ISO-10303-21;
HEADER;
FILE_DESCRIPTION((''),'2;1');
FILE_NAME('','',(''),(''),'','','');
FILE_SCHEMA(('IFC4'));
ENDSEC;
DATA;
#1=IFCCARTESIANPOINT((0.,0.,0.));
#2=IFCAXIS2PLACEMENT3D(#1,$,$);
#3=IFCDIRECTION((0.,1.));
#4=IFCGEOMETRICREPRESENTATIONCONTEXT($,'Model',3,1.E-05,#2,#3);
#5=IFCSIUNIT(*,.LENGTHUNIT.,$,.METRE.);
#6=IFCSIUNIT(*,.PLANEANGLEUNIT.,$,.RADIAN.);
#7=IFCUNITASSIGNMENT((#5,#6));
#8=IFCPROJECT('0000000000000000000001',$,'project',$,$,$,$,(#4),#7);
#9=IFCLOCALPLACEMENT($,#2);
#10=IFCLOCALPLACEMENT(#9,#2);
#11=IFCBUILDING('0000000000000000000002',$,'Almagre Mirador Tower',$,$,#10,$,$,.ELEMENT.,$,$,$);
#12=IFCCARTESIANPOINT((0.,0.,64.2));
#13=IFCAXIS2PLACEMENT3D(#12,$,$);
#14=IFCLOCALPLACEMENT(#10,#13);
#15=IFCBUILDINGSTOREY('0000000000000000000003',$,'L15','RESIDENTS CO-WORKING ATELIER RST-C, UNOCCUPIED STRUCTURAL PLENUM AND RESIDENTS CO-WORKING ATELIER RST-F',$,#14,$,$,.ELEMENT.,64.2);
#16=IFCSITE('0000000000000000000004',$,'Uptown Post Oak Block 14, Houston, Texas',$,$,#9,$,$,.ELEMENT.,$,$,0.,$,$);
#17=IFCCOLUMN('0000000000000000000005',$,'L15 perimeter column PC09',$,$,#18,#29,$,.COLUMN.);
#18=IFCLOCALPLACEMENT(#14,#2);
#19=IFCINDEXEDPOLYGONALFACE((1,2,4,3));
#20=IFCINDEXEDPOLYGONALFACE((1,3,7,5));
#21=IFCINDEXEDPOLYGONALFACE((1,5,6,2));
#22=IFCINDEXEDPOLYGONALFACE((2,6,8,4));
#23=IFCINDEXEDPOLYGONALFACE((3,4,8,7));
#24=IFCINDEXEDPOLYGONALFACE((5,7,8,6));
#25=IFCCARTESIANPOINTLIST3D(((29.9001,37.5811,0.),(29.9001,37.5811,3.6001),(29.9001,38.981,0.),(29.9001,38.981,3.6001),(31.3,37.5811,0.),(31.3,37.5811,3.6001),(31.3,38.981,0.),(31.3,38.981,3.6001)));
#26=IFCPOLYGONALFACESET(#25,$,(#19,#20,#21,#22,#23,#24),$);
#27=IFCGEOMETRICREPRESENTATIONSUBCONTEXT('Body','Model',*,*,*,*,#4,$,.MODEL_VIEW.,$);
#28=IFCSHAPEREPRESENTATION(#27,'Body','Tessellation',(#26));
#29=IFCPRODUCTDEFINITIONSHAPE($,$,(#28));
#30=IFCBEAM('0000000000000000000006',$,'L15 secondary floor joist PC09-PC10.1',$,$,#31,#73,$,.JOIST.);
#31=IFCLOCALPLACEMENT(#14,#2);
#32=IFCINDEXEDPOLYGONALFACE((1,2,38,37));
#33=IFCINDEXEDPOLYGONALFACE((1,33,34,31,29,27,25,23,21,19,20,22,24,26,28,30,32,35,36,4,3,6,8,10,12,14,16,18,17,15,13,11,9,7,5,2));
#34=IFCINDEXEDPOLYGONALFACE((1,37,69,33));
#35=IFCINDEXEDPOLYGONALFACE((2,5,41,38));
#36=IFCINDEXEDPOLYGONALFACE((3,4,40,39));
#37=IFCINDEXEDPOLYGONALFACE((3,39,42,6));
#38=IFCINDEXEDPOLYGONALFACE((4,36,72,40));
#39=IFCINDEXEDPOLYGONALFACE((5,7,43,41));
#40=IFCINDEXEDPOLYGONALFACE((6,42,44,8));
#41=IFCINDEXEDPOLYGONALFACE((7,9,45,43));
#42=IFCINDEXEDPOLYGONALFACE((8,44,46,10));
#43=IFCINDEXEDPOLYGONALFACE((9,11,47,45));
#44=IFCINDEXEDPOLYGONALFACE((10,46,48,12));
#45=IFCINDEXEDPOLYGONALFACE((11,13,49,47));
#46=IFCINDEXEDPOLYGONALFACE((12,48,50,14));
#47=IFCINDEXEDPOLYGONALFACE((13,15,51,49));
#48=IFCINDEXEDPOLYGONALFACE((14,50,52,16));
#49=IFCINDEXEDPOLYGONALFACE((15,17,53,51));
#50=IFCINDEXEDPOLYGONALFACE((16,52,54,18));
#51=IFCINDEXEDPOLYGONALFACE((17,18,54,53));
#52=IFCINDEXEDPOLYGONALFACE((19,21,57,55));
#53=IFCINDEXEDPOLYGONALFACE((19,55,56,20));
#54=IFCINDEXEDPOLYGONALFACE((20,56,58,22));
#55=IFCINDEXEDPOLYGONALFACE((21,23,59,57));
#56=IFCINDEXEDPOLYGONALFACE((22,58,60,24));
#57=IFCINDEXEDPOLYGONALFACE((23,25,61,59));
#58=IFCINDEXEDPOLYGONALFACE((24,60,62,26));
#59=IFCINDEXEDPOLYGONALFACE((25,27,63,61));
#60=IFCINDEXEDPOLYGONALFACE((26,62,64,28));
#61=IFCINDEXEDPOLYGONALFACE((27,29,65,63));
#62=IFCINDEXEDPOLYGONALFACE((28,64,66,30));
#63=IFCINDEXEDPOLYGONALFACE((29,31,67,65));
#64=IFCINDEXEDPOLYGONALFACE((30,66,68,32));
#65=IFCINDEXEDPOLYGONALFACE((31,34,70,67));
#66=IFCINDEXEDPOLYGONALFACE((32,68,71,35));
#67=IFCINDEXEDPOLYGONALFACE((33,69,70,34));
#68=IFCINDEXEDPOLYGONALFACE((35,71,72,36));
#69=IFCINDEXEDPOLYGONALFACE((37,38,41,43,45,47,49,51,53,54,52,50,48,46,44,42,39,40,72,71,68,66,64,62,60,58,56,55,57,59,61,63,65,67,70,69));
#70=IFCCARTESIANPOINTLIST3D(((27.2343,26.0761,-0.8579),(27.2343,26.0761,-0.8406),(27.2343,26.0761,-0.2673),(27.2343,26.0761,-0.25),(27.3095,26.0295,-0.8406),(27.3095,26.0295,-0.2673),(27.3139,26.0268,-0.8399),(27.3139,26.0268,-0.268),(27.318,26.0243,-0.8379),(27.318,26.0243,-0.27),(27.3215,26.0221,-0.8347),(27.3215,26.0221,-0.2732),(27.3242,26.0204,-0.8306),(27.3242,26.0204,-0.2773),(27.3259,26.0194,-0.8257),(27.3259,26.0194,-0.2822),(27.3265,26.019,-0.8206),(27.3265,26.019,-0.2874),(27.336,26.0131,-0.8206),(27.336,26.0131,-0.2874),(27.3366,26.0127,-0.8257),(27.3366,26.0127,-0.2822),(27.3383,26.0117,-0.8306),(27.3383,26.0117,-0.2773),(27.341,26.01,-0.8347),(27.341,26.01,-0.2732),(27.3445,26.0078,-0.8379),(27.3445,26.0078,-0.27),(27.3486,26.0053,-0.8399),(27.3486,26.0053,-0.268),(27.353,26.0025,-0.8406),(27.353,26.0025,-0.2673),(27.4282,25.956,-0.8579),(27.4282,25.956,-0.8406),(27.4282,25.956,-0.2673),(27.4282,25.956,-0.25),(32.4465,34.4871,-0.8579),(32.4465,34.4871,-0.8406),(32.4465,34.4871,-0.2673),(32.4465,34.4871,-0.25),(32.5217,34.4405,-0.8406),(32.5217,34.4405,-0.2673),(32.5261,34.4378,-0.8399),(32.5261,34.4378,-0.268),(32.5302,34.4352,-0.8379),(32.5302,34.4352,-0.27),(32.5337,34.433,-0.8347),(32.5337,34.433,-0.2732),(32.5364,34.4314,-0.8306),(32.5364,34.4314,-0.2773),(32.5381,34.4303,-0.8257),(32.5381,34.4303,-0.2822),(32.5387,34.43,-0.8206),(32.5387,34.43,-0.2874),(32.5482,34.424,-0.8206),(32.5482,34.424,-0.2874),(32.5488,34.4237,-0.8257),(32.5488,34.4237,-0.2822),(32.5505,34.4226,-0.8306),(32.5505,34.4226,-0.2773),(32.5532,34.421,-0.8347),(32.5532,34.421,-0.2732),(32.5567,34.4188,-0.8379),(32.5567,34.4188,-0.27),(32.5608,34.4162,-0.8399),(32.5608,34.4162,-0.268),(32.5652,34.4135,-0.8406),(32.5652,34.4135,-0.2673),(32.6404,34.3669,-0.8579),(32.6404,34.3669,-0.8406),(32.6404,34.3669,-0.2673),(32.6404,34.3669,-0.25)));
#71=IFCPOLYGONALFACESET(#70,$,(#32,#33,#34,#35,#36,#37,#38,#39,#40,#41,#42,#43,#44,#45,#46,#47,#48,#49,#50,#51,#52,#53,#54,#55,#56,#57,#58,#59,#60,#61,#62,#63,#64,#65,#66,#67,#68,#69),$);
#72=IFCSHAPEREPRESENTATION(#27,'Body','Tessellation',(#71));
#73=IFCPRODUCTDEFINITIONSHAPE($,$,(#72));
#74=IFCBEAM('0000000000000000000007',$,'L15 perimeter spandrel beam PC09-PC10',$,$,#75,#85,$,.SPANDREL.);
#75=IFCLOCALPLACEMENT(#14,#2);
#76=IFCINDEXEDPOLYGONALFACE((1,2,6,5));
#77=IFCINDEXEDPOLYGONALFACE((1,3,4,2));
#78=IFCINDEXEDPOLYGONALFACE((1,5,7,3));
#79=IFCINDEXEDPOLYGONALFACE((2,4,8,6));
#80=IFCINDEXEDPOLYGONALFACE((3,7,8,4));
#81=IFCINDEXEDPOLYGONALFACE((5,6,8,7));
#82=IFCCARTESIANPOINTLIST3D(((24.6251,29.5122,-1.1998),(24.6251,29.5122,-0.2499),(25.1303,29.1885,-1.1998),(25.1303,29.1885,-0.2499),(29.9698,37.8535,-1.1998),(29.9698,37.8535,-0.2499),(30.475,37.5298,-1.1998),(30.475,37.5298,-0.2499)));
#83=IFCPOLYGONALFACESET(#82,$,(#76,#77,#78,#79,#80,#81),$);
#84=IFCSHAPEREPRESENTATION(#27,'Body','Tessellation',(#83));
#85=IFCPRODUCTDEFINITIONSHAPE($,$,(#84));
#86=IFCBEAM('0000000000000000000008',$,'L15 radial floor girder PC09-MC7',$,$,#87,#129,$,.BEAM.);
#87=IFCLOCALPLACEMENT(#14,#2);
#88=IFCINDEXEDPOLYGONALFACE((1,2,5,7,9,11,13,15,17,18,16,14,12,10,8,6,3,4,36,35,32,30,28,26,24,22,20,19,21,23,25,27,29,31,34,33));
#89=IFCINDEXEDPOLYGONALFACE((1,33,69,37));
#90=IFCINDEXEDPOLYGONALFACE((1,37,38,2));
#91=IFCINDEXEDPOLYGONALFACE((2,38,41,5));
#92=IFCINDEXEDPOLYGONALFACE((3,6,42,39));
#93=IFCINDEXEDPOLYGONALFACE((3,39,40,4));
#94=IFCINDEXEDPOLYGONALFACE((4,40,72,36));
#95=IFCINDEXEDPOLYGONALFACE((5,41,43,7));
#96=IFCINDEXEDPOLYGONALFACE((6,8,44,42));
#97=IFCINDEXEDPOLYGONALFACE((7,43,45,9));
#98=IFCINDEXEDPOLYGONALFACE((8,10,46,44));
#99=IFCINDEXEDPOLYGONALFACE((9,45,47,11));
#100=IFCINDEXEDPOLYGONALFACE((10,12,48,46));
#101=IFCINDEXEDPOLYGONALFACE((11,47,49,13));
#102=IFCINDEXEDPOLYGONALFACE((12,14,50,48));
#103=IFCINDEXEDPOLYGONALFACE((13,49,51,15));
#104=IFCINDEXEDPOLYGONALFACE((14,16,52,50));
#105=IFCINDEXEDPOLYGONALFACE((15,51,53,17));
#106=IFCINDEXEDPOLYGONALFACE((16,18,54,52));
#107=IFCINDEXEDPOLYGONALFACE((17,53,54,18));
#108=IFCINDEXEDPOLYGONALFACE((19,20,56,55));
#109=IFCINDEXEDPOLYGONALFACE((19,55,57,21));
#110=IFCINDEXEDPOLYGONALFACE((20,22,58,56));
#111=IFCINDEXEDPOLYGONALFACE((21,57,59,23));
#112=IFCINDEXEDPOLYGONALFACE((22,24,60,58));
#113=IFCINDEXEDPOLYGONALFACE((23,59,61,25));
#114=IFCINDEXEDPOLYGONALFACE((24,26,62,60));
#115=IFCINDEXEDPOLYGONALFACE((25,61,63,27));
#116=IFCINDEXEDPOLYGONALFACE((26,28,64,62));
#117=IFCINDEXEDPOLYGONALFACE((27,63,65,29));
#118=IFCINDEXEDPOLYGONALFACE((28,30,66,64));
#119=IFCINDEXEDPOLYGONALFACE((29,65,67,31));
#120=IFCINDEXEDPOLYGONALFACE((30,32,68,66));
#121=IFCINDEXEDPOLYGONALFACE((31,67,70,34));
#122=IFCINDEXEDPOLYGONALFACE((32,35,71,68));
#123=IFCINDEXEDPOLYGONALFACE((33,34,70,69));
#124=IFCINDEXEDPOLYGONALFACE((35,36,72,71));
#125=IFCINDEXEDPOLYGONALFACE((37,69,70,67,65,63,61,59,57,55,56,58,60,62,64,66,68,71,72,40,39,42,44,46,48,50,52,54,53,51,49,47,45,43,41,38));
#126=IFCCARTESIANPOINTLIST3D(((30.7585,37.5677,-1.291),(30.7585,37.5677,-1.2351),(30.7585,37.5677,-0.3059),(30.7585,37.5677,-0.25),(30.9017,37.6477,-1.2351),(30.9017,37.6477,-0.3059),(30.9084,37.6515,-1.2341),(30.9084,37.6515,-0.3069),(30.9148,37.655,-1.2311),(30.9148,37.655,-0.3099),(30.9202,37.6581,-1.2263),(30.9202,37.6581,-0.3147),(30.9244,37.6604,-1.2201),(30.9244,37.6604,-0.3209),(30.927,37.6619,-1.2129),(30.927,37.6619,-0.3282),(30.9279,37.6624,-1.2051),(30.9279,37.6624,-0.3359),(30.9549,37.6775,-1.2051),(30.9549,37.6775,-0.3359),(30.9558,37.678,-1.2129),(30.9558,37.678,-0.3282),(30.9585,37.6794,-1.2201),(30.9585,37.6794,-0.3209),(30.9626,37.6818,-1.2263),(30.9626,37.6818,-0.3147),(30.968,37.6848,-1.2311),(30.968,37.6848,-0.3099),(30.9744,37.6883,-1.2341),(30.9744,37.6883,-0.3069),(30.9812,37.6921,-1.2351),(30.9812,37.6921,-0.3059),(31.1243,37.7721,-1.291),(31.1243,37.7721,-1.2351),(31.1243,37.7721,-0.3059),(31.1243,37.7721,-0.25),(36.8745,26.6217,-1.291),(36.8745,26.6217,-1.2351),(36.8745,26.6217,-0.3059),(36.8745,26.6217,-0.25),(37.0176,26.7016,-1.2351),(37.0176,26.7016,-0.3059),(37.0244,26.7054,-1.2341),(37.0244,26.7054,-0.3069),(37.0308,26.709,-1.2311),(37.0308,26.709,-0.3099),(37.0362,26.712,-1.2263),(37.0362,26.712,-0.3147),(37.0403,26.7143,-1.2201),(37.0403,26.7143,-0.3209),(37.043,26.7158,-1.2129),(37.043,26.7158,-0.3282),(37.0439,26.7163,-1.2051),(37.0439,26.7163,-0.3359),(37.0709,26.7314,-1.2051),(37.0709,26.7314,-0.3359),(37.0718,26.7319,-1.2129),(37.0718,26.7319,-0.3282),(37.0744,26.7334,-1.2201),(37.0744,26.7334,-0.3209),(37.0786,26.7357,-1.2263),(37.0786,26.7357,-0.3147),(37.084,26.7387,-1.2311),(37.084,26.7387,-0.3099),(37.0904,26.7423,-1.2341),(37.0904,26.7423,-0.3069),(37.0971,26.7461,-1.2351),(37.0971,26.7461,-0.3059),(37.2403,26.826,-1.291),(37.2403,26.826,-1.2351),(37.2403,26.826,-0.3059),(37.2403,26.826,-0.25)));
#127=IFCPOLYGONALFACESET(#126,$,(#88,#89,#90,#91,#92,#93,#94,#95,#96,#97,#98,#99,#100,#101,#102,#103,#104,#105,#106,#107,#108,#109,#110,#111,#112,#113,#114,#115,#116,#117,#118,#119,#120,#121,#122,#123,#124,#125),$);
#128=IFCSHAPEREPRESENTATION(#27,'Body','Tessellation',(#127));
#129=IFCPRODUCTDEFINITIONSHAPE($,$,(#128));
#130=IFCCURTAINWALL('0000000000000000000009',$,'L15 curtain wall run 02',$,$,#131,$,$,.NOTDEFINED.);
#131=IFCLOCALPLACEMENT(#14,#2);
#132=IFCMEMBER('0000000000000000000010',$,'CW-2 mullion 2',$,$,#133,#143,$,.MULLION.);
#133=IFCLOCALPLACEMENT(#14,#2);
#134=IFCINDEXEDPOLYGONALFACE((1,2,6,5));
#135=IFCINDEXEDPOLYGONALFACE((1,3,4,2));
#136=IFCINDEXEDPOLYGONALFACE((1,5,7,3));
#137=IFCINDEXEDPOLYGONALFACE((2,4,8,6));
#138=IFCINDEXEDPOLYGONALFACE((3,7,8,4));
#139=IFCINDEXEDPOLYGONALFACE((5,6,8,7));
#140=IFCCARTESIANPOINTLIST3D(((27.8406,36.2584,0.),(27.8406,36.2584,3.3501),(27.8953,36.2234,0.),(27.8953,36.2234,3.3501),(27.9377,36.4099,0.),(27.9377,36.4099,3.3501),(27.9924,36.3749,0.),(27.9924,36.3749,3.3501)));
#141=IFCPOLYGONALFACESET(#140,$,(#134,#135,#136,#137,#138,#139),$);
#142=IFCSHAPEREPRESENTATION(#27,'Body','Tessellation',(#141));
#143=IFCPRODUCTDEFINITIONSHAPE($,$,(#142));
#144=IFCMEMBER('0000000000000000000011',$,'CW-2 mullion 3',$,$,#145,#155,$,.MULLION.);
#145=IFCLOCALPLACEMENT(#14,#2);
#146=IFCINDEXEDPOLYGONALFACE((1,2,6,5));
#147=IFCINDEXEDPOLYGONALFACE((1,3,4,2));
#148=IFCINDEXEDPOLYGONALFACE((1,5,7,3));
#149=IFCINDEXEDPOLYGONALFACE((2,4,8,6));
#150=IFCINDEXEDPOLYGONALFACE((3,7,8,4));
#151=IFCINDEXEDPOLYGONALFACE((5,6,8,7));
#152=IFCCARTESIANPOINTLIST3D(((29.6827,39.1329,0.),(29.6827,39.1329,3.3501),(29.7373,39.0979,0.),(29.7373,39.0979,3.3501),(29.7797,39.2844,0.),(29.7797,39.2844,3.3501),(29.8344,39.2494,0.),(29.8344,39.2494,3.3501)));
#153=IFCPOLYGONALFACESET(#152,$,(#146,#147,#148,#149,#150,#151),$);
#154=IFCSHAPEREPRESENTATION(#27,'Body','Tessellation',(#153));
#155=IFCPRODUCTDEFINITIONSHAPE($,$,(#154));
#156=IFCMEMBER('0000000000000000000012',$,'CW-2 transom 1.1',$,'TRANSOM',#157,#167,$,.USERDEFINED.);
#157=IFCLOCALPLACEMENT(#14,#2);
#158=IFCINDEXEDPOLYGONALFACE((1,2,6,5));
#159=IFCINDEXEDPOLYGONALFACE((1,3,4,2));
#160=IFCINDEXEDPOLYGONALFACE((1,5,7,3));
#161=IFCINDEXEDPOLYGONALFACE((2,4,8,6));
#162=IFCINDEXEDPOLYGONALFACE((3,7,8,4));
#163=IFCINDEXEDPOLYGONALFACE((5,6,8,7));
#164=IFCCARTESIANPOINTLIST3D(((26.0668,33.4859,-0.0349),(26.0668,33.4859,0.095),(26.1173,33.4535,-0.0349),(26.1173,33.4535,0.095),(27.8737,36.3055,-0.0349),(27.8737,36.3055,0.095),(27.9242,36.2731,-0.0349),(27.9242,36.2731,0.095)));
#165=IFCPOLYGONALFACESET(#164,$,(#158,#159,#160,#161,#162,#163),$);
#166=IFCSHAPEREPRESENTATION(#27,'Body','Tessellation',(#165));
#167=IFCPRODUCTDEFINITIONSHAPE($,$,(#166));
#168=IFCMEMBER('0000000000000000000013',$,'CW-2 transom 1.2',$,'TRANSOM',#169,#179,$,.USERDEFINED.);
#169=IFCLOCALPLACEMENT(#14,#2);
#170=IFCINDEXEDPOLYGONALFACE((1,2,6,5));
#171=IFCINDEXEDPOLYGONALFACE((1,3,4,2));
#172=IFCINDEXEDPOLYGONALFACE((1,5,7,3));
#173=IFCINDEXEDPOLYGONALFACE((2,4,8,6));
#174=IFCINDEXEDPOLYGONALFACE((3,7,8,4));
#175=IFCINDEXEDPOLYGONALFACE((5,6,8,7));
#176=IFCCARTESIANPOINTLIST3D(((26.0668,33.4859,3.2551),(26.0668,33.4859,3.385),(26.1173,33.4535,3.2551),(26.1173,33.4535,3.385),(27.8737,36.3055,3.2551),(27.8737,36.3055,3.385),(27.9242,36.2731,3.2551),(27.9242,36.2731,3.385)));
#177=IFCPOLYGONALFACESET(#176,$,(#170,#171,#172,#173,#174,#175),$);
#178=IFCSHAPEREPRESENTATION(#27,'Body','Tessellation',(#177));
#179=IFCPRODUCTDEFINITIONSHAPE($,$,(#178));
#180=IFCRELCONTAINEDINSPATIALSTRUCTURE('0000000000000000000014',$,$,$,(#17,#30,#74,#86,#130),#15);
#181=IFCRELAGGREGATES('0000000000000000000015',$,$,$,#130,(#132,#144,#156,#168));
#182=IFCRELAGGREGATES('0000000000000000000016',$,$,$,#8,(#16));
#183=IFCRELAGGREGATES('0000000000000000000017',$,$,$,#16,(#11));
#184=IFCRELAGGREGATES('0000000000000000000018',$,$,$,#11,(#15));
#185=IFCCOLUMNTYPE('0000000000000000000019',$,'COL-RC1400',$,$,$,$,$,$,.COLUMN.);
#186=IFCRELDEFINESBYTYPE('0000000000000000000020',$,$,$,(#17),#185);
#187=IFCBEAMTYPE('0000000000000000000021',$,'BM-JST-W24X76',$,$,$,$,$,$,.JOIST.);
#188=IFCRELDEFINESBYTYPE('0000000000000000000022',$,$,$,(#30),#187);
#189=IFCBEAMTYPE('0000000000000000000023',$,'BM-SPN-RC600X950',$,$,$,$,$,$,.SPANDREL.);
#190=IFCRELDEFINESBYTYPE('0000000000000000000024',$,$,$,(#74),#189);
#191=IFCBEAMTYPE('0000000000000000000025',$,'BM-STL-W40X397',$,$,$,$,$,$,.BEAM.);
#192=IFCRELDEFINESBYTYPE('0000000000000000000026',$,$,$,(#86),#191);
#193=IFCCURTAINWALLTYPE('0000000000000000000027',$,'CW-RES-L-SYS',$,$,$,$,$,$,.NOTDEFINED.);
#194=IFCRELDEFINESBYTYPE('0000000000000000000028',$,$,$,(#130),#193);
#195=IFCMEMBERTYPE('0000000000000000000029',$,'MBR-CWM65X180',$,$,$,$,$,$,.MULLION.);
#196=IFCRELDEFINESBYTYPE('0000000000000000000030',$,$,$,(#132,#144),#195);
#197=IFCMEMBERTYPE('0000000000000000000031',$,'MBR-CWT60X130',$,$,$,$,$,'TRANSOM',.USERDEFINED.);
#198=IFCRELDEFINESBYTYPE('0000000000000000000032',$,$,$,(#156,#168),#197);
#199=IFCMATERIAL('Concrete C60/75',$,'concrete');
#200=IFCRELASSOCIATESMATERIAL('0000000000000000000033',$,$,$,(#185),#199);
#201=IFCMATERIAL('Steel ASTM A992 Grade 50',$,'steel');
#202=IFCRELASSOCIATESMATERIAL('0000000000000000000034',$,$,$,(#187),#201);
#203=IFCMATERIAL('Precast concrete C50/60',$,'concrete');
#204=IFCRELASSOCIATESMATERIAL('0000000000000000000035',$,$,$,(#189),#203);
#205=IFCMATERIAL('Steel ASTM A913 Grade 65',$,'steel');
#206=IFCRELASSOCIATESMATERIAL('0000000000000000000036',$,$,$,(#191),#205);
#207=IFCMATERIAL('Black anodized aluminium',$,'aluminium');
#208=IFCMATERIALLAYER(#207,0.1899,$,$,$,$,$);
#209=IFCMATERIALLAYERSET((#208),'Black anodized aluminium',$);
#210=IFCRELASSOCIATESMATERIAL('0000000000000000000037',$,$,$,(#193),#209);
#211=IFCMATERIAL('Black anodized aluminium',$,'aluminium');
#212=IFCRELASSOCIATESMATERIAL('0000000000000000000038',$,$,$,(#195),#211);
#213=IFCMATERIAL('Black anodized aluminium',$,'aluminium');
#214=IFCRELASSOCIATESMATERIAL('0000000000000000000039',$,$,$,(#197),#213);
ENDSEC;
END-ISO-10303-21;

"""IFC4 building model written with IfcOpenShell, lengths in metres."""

from ifc_helpers import new_model, si_unit, direction, frame, origin, origin_2d, place, context, subcontext, project, spatial, rectangle, i_section, extrude, material, layer, layer_set, material_profile, profile_set, type_object, element, aggregate, save


model = new_model("IFC4")

# Units and contexts
model_context = context("Model", 3, precision=1e-05, world=origin(), true_north=direction((0.0, 1.0)))
body_context = subcontext(model_context, "Body", "Model", "MODEL_VIEW")
ifc_project = project(units=[si_unit("LENGTHUNIT", "METRE"), si_unit("PLANEANGLEUNIT", "RADIAN")], contexts=[model_context])

# Site, building, storey
site_placement = place(None, origin())
site = spatial("IfcSite", under=ifc_project, at=site_placement, Name="Uptown Post Oak Block 14, Houston, Texas", CompositionType="ELEMENT", RefElevation=0.0)
building_placement = place(site_placement, origin())
building = spatial("IfcBuilding", under=site, at=building_placement, Name="Almagre Mirador Tower", CompositionType="ELEMENT")
storey_placement = place(building_placement, frame((0.0, 0.0, 64.2)))
storey = spatial("IfcBuildingStorey", under=building, at=storey_placement, Name="L15", Description="RESIDENTS CO-WORKING ATELIER RST-C, UNOCCUPIED STRUCTURAL PLENUM AND RESIDENTS CO-WORKING ATELIER RST-F", CompositionType="ELEMENT", Elevation=64.2)

# Column
ifc_material_1 = material(Name="Concrete C60/75", Category="concrete")
ifc_material_profile_1 = material_profile(ifc_material_1, rectangle(XDim=1.3999, YDim=1.3999, at=origin_2d()), Name="RC1400X1400")
ifc_profile_set_1 = profile_set([ifc_material_profile_1], Name="Concrete C60/75")
column_type = type_object("IfcColumnType", Name="COL-RC1400", PredefinedType="COLUMN", material=ifc_profile_set_1)
column_placement = place(storey_placement, frame((30.6001, 38.281, 0.0), z_axis=(0.0, 0.0, 1.0), x_axis=(1.0, 0.0, 0.0)))
element("IfcColumn", 1, at=column_placement, inside=storey, type_object=column_type, Name="L15 perimeter column PC09", PredefinedType="COLUMN", context=body_context, shape_type="SweptSolid", body=[
    extrude(rectangle(XDim=1.3999, YDim=1.3999, at=origin_2d()), origin(), (0.0, 0.0, 1.0), 3.6001),
])

# Beams
ifc_material_2 = material(Name="Steel ASTM A992 Grade 50", Category="steel")
ifc_material_profile_2 = material_profile(ifc_material_2, i_section(OverallWidth=0.228, OverallDepth=0.6079, WebThickness=0.0112, FlangeThickness=0.0173, FilletRadius=0.02, at=origin_2d()), Name="W24X76")
ifc_profile_set_2 = profile_set([ifc_material_profile_2], Name="Steel ASTM A992 Grade 50")
beam_type_1 = type_object("IfcBeamType", Name="BM-JST-W24X76", PredefinedType="JOIST", material=ifc_profile_set_2)
beam_1_placement = place(storey_placement, frame((32.5435, 34.427, -0.554), z_axis=(-0.52675, -0.85002, 0.0), x_axis=(0.85002, -0.52675, 0.0)))
element("IfcBeam", 2, at=beam_1_placement, inside=storey, type_object=beam_type_1, Name="L15 secondary floor joist PC09-PC10.1", PredefinedType="JOIST", context=body_context, shape_type="SweptSolid", body=[
    extrude(i_section(OverallWidth=0.228, OverallDepth=0.6079, WebThickness=0.0112, FlangeThickness=0.0173, FilletRadius=0.02, at=origin_2d()), origin(), (0.0, 0.0, 1.0), 9.895),
])
ifc_material_3 = material(Name="Precast concrete C50/60", Category="concrete")
ifc_material_profile_3 = material_profile(ifc_material_3, rectangle(XDim=0.6001, YDim=0.95, at=origin_2d()), Name="RC600X950")
ifc_profile_set_3 = profile_set([ifc_material_profile_3], Name="Precast concrete C50/60")
beam_type_2 = type_object("IfcBeamType", Name="BM-SPN-RC600X950", PredefinedType="SPANDREL", material=ifc_profile_set_3)
beam_2_placement = place(storey_placement, frame((30.2224, 37.6917, -0.7249), z_axis=(-0.539504, -0.841983, 0.0), x_axis=(0.841983, -0.539504, 0.0)))
element("IfcBeam", 3, at=beam_2_placement, inside=storey, type_object=beam_type_2, Name="L15 perimeter spandrel beam PC09-PC10", PredefinedType="SPANDREL", context=body_context, shape_type="SweptSolid", body=[
    extrude(rectangle(XDim=0.6001, YDim=0.95, at=origin_2d()), origin(), (0.0, 0.0, 1.0), 9.9067),
])
ifc_material_4 = material(Name="Steel ASTM A913 Grade 65", Category="steel")
ifc_material_profile_4 = material_profile(ifc_material_4, i_section(OverallWidth=0.4189, OverallDepth=1.041, WebThickness=0.031, FlangeThickness=0.0559, FilletRadius=0.03, at=origin_2d()), Name="W40X397")
ifc_profile_set_4 = profile_set([ifc_material_profile_4], Name="Steel ASTM A913 Grade 65")
beam_type_3 = type_object("IfcBeamType", Name="BM-STL-W40X397", PredefinedType="BEAM", material=ifc_profile_set_4)
beam_3_placement = place(storey_placement, frame((30.9414, 37.6699, -0.7705), z_axis=(0.487764, -0.872975, 0.0), x_axis=(0.872975, 0.487764, 0.0)))
element("IfcBeam", 4, at=beam_3_placement, inside=storey, type_object=beam_type_3, Name="L15 radial floor girder PC09-MC7", PredefinedType="BEAM", context=body_context, shape_type="SweptSolid", body=[
    extrude(i_section(OverallWidth=0.4189, OverallDepth=1.041, WebThickness=0.031, FlangeThickness=0.0559, FilletRadius=0.03, at=origin_2d()), origin(), (0.0, 0.0, 1.0), 12.5388),
])

# Curtain wall, members
ifc_material_5 = material(Name="Black anodized aluminium", Category="aluminium")
ifc_layer_1 = layer(ifc_material_5, 0.1899)
ifc_layer_set_1 = layer_set([ifc_layer_1], Name="Black anodized aluminium")
curtain_wall_type = type_object("IfcCurtainWallType", Name="CW-RES-L-SYS", PredefinedType="NOTDEFINED", material=ifc_layer_set_1)
curtain_wall_placement = place(storey_placement, origin())
curtain_wall = element("IfcCurtainWall", 5, at=curtain_wall_placement, inside=storey, type_object=curtain_wall_type, Name="L15 curtain wall run 02", PredefinedType="NOTDEFINED")
ifc_material_6 = material(Name="Black anodized aluminium", Category="aluminium")
ifc_material_profile_5 = material_profile(ifc_material_6, rectangle(XDim=0.0649, YDim=0.1799, at=origin_2d()), Name="CWM65X180")
ifc_profile_set_5 = profile_set([ifc_material_profile_5], Name="Black anodized aluminium")
member_type_1 = type_object("IfcMemberType", Name="MBR-CWM65X180", PredefinedType="MULLION", material=ifc_profile_set_5)
member_1_placement = place(storey_placement, frame((27.9165, 36.3167, 0.0), z_axis=(0.0, 0.0, 1.0), x_axis=(-0.841958, 0.539544, 0.0)))
member_1 = element("IfcMember", 6, at=member_1_placement, type_object=member_type_1, Name="CW-2 mullion 2", PredefinedType="MULLION", context=body_context, shape_type="SweptSolid", body=[
    extrude(rectangle(XDim=0.0649, YDim=0.1799, at=origin_2d()), origin(), (0.0, 0.0, 1.0), 3.3501),
])
member_2_placement = place(storey_placement, frame((29.7585, 39.1912, 0.0), z_axis=(0.0, 0.0, 1.0), x_axis=(-0.841958, 0.539544, 0.0)))
member_2 = element("IfcMember", 7, at=member_2_placement, type_object=member_type_1, Name="CW-2 mullion 3", PredefinedType="MULLION", context=body_context, shape_type="SweptSolid", body=[
    extrude(rectangle(XDim=0.0649, YDim=0.1799, at=origin_2d()), origin(), (0.0, 0.0, 1.0), 3.3501),
])
ifc_material_7 = material(Name="Black anodized aluminium", Category="aluminium")
ifc_material_profile_6 = material_profile(ifc_material_7, rectangle(XDim=0.0601, YDim=0.1299, at=origin_2d()), Name="CWT60X130")
ifc_profile_set_6 = profile_set([ifc_material_profile_6], Name="Black anodized aluminium")
member_type_2 = type_object("IfcMemberType", Name="MBR-CWT60X130", ElementType="TRANSOM", PredefinedType="USERDEFINED", material=ifc_profile_set_6)
member_3_placement = place(storey_placement, frame((26.092, 33.4697, 0.03), z_axis=(0.539552, 0.841952, 0.0), x_axis=(-0.841952, 0.539552, 0.0)))
member_3 = element("IfcMember", 8, at=member_3_placement, type_object=member_type_2, Name="CW-2 transom 1.1", ObjectType="TRANSOM", PredefinedType="USERDEFINED", context=body_context, shape_type="SweptSolid", body=[
    extrude(rectangle(XDim=0.0601, YDim=0.1299, at=origin_2d()), origin(), (0.0, 0.0, 1.0), 3.3489),
])
member_4_placement = place(storey_placement, frame((26.092, 33.4697, 3.3201), z_axis=(0.539552, 0.841952, 0.0), x_axis=(-0.841952, 0.539552, 0.0)))
member_4 = element("IfcMember", 9, at=member_4_placement, type_object=member_type_2, Name="CW-2 transom 1.2", ObjectType="TRANSOM", PredefinedType="USERDEFINED", context=body_context, shape_type="SweptSolid", body=[
    extrude(rectangle(XDim=0.0601, YDim=0.1299, at=origin_2d()), origin(), (0.0, 0.0, 1.0), 3.3489),
])
aggregate(curtain_wall, [member_1, member_2, member_3, member_4])

save(model, "model.ifc")
